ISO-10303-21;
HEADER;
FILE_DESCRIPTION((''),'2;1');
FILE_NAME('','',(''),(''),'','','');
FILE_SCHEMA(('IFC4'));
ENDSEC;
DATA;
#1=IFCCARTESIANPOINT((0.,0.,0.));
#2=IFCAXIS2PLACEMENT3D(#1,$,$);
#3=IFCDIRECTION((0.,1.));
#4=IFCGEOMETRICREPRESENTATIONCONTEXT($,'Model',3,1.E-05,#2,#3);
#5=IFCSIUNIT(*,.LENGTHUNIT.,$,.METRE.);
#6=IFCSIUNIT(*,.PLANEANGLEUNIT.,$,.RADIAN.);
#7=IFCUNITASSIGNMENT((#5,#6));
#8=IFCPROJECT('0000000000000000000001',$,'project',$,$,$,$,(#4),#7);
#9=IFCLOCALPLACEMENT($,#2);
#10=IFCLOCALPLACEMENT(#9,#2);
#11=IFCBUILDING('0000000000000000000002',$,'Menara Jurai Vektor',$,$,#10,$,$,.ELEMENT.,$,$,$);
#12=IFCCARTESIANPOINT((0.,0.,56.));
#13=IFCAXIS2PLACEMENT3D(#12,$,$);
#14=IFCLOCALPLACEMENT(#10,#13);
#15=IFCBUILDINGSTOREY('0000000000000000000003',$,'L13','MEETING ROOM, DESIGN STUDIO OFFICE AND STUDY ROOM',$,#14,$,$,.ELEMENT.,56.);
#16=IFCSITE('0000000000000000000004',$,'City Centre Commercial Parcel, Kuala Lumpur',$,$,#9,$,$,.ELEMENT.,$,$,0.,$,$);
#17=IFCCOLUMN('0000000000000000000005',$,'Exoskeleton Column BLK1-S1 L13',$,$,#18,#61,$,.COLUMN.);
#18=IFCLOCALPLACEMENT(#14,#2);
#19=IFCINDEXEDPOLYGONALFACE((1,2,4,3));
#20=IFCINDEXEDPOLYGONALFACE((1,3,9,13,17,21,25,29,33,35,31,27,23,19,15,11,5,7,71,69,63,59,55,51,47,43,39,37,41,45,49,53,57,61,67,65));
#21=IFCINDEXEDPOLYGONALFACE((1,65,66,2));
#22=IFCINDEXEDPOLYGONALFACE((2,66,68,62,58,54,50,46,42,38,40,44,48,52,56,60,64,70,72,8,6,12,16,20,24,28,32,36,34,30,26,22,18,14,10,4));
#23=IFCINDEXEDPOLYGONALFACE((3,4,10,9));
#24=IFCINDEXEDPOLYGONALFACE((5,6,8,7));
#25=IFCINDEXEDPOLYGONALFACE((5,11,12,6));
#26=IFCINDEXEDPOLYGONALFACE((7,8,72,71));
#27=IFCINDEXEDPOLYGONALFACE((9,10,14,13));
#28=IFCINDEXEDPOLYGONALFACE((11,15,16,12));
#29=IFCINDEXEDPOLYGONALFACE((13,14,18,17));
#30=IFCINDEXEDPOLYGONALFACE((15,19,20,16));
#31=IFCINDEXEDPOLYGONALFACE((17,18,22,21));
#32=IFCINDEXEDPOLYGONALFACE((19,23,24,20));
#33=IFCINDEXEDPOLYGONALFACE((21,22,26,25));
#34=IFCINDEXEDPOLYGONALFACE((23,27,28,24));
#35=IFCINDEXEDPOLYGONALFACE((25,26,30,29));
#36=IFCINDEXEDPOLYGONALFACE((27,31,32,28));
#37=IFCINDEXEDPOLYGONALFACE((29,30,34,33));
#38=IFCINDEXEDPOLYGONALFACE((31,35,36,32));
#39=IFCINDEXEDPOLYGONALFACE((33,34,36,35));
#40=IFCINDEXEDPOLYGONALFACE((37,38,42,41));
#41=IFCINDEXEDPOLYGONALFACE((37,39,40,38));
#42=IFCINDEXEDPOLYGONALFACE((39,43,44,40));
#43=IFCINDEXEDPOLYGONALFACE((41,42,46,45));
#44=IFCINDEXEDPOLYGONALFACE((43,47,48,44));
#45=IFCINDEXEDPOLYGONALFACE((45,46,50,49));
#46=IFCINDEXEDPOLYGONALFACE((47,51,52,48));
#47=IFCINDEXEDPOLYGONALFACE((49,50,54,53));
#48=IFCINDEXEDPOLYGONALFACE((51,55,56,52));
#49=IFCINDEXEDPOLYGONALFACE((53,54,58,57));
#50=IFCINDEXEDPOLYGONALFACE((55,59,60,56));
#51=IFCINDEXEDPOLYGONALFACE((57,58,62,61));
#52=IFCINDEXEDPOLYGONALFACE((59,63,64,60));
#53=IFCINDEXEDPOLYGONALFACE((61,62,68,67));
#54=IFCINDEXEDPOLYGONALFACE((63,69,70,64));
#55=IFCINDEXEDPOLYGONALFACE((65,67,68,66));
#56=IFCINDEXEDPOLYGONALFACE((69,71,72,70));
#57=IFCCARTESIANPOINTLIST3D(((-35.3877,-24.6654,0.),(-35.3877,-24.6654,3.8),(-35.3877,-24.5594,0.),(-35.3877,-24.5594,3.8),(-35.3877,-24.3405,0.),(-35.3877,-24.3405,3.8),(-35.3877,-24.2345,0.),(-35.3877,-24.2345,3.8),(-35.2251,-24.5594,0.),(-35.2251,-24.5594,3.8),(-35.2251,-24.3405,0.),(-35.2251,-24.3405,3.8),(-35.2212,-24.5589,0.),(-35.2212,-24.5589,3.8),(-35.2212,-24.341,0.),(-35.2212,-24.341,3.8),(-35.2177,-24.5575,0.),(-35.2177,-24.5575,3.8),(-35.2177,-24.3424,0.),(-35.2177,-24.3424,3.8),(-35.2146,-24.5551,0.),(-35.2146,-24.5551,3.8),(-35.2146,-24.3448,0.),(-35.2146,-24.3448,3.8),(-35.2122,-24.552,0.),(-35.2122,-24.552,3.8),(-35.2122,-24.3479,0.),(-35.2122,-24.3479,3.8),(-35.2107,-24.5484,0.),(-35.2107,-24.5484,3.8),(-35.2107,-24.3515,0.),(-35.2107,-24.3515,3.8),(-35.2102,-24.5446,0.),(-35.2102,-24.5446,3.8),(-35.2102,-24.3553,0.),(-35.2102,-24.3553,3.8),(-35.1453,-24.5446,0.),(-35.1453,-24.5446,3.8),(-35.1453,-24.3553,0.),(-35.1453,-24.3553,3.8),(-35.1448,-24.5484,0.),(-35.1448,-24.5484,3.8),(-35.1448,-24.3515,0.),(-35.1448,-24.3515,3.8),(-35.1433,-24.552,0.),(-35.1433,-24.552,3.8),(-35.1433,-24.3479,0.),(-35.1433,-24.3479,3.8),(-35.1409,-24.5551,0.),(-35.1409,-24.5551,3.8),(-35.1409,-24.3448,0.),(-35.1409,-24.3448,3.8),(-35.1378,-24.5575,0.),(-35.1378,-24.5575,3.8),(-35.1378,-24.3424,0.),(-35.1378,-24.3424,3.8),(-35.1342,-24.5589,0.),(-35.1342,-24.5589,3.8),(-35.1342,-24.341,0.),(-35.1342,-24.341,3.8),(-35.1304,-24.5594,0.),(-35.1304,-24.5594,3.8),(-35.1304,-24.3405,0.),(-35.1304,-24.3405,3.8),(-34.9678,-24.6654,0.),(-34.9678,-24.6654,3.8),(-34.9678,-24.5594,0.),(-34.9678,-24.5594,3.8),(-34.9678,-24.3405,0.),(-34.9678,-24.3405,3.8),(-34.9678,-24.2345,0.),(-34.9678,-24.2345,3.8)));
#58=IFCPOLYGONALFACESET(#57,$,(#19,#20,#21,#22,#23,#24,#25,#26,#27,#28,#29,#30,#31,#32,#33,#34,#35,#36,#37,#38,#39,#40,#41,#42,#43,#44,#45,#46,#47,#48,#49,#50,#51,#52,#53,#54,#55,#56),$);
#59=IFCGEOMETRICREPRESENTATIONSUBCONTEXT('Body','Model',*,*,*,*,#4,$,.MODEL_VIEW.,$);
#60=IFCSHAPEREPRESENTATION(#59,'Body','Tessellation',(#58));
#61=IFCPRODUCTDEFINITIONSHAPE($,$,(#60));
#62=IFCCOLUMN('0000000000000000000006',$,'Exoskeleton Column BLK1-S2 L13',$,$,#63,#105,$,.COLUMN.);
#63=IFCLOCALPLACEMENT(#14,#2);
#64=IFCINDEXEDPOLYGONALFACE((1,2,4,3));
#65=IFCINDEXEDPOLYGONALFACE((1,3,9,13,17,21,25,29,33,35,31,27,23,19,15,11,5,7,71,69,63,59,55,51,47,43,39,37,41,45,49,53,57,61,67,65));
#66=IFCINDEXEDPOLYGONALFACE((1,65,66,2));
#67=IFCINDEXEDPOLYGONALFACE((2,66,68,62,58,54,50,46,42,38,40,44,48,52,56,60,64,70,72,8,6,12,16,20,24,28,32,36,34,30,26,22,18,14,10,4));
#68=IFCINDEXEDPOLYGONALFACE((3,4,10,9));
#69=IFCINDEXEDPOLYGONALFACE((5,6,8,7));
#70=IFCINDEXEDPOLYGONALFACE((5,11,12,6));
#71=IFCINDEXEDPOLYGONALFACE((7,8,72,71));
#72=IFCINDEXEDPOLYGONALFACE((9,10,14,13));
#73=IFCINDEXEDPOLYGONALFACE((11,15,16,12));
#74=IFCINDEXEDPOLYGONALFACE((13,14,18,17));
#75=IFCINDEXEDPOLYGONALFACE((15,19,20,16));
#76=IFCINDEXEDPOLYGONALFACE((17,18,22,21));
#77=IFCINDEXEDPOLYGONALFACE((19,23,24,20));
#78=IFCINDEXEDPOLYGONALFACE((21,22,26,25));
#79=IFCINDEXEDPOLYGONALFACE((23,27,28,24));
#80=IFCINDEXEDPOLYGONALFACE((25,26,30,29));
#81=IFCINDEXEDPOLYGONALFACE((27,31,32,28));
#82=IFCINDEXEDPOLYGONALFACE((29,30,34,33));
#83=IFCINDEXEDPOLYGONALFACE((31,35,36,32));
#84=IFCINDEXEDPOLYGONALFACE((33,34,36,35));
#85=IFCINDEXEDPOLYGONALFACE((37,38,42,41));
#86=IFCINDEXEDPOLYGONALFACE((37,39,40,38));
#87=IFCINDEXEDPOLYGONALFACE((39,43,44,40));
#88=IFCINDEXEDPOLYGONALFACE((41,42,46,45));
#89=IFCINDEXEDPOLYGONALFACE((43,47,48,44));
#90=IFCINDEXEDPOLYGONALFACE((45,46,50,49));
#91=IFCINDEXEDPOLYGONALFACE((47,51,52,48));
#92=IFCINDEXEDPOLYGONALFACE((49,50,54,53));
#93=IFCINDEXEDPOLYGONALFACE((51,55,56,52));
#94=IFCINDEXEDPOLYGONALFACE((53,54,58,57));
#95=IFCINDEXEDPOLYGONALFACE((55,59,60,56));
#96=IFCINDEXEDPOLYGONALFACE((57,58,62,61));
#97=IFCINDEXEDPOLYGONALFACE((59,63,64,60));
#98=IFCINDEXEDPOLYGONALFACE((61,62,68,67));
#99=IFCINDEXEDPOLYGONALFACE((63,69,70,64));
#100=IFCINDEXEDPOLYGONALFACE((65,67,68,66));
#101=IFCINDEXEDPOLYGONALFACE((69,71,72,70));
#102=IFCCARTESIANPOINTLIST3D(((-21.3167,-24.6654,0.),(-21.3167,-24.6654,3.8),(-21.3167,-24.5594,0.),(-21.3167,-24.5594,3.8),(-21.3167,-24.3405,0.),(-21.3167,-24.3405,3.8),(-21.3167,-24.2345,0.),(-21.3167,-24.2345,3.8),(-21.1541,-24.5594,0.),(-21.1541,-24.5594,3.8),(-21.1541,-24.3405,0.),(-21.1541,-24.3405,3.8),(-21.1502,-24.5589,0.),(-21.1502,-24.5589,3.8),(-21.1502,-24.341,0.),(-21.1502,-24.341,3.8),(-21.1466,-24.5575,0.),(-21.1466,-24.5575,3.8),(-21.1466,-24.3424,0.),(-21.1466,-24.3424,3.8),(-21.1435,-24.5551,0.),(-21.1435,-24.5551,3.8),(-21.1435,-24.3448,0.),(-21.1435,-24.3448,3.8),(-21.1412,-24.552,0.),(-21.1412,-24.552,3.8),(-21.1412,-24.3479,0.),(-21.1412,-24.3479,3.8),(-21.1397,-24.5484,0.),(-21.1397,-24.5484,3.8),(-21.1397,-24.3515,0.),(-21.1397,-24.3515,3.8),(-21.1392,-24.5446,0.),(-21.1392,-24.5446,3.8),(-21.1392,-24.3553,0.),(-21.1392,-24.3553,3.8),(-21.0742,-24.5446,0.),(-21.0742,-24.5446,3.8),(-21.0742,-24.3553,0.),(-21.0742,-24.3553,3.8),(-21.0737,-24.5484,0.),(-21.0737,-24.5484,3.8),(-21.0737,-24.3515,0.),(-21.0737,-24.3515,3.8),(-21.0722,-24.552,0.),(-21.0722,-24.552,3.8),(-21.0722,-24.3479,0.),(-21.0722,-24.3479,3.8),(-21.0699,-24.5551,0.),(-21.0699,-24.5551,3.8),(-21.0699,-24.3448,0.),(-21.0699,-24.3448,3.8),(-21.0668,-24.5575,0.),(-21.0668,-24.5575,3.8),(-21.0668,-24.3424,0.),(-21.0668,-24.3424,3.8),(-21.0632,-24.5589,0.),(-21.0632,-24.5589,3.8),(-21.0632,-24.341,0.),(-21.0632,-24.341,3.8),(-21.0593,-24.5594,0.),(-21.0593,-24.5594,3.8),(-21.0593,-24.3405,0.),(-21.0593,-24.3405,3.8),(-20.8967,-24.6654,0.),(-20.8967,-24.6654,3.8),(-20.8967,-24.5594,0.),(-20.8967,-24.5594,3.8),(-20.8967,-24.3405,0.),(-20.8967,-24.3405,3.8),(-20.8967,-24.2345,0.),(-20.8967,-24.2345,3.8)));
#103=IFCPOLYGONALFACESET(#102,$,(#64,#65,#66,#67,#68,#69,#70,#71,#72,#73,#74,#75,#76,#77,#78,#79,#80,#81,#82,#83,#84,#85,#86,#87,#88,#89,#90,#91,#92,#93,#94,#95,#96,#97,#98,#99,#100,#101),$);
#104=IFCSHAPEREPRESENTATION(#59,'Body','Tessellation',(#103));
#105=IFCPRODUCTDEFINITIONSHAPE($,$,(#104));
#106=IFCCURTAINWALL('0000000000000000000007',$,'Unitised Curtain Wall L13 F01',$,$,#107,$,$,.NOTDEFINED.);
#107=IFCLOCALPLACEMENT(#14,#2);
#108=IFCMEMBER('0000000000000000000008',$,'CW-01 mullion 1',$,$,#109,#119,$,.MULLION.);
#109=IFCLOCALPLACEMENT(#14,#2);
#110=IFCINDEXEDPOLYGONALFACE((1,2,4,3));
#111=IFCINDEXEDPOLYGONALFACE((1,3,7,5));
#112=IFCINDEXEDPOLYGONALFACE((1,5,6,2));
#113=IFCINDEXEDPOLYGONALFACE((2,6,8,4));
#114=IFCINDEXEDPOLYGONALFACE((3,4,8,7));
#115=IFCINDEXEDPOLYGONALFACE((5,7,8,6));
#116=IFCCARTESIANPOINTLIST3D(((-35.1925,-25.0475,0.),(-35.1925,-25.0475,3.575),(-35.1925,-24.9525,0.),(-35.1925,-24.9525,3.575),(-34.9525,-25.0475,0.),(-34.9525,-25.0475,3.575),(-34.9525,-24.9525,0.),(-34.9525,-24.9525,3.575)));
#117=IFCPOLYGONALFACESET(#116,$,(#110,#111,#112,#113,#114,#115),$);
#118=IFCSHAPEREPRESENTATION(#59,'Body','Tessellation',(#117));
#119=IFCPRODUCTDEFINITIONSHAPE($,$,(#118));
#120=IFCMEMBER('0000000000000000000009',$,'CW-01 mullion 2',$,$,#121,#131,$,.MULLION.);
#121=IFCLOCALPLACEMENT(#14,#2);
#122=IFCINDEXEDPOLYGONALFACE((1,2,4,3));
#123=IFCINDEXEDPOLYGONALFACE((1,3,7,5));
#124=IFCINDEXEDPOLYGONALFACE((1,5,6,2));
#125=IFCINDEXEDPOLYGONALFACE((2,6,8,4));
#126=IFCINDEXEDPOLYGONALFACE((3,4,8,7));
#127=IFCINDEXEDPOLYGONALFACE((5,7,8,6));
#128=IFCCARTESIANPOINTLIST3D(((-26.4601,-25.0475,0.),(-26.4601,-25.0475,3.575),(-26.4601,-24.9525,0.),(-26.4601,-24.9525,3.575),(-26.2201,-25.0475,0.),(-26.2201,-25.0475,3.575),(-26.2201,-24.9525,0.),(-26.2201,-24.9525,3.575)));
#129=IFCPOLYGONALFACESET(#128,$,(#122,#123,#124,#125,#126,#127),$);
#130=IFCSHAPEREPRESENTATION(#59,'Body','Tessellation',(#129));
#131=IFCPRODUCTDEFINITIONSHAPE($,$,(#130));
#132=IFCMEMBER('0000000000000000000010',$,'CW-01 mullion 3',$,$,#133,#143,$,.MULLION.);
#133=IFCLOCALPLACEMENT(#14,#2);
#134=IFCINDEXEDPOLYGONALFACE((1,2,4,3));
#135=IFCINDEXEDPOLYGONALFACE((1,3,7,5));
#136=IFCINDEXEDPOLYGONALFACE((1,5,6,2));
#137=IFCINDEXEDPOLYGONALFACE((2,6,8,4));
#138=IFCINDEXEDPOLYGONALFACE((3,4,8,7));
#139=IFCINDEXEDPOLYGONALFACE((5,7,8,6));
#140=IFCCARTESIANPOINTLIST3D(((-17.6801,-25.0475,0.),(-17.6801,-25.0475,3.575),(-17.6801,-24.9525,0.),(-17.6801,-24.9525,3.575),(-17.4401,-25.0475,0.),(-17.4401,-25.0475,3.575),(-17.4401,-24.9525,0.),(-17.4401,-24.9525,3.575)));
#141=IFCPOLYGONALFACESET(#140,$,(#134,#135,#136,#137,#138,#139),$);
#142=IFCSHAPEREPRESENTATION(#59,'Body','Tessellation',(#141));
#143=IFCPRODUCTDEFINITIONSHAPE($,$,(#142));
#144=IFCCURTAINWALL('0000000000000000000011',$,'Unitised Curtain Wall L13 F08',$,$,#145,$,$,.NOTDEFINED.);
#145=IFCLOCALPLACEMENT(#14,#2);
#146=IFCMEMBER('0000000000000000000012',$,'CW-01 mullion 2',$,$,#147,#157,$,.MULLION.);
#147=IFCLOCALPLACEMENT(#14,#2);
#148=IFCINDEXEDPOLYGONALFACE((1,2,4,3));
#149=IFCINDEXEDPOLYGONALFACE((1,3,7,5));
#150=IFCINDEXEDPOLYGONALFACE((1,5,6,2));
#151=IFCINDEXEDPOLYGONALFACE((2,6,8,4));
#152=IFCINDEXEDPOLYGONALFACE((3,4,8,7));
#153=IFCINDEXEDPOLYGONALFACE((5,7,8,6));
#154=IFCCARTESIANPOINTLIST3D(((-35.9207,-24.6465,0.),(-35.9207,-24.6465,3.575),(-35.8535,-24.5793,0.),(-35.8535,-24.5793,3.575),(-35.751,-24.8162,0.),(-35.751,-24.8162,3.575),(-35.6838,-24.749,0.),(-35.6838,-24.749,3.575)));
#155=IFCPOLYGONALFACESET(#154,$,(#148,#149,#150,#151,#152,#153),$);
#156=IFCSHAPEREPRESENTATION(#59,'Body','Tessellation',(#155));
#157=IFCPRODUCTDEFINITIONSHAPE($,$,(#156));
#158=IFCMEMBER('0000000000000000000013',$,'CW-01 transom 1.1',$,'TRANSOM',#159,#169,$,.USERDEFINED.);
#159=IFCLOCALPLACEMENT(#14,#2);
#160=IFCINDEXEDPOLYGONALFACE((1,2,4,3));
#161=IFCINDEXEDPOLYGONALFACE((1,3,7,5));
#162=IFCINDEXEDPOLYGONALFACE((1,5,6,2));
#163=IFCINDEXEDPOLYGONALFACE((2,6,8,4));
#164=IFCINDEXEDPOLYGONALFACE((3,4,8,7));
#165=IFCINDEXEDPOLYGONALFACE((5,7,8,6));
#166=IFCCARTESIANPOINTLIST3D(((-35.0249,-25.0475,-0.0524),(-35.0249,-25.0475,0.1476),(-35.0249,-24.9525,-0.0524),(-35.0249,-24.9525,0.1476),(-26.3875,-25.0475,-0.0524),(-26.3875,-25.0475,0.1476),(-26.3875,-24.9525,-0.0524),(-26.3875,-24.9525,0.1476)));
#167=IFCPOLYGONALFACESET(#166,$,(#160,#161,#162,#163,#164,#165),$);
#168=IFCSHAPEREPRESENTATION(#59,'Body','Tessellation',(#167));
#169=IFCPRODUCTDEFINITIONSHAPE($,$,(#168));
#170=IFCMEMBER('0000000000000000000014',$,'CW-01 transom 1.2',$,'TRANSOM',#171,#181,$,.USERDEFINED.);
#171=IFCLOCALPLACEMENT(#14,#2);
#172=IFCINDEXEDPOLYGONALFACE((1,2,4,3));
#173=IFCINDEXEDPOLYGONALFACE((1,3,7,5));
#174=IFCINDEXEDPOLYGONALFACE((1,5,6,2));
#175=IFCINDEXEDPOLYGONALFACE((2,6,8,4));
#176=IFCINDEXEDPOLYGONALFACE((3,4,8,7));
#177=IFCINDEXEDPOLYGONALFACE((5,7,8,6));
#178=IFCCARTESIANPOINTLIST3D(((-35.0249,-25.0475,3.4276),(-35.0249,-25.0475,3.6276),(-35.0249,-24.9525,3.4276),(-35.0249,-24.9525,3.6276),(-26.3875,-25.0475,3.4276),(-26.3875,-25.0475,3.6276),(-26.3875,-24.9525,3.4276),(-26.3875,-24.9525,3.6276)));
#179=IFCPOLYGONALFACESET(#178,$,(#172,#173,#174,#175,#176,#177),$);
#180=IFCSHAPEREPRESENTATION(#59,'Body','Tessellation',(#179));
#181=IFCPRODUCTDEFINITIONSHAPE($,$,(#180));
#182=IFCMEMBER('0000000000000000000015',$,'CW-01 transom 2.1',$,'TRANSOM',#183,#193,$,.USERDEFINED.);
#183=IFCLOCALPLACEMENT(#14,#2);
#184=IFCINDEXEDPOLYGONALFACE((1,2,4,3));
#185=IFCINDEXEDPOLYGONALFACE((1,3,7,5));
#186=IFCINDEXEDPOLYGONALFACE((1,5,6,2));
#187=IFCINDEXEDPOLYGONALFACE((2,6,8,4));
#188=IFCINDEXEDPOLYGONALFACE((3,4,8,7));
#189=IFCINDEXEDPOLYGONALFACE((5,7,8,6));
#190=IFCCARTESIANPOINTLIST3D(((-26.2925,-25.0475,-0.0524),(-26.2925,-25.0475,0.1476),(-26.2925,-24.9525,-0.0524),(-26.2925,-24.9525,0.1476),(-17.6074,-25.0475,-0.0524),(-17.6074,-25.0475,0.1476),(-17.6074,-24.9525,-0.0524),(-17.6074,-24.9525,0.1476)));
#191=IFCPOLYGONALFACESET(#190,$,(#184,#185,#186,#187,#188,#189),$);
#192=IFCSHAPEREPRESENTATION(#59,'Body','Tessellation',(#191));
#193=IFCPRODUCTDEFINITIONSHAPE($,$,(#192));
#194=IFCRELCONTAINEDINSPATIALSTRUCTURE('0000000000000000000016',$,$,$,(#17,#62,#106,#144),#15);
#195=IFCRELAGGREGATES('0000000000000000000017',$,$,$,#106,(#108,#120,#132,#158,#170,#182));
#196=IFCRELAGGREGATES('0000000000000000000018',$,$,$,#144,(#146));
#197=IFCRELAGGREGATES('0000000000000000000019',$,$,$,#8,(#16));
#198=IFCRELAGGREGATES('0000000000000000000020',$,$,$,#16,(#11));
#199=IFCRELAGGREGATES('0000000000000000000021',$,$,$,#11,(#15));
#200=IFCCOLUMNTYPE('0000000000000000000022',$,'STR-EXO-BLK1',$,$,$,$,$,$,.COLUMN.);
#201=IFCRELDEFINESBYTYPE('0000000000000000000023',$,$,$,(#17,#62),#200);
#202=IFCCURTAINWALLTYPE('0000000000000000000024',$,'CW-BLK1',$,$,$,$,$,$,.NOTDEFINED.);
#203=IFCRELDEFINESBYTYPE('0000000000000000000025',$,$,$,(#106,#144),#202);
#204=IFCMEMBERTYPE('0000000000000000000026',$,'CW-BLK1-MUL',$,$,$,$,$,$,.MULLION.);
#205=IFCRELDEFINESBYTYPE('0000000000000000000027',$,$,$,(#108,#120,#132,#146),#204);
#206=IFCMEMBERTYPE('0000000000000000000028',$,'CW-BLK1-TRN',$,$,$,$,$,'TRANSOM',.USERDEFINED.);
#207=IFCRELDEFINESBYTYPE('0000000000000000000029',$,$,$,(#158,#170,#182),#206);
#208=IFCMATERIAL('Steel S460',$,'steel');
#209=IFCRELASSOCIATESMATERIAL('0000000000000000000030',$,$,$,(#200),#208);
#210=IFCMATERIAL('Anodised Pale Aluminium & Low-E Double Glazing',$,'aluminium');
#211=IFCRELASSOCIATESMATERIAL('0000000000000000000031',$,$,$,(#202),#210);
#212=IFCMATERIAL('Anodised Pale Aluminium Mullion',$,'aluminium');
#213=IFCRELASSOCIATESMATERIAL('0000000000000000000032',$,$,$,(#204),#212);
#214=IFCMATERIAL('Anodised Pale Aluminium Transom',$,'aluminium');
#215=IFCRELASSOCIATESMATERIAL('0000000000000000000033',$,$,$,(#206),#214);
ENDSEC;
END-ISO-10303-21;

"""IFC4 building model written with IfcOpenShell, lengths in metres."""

from ifc_helpers import new_model, si_unit, direction, frame, origin, origin_2d, place, context, subcontext, project, spatial, rectangle, i_section, extrude, material, material_profile, profile_set, type_object, element, aggregate, save


model = new_model("IFC4")

# Units and contexts
model_context = context("Model", 3, precision=1e-05, world=origin(), true_north=direction((0.0, 1.0)))
body_context = subcontext(model_context, "Body", "Model", "MODEL_VIEW")
ifc_project = project(units=[si_unit("LENGTHUNIT", "METRE"), si_unit("PLANEANGLEUNIT", "RADIAN")], contexts=[model_context])

# Site, building, storey
site_placement = place(None, origin())
site = spatial("IfcSite", under=ifc_project, at=site_placement, Name="City Centre Commercial Parcel, Kuala Lumpur", CompositionType="ELEMENT", RefElevation=0.0)
building_placement = place(site_placement, origin())
building = spatial("IfcBuilding", under=site, at=building_placement, Name="Menara Jurai Vektor", CompositionType="ELEMENT")
storey_placement = place(building_placement, frame((0.0, 0.0, 56.0)))
storey = spatial("IfcBuildingStorey", under=building, at=storey_placement, Name="L13", Description="MEETING ROOM, DESIGN STUDIO OFFICE AND STUDY ROOM", CompositionType="ELEMENT", Elevation=56.0)

# Columns
ifc_material_1 = material(Name="Steel S460", Category="steel")
ifc_material_profile_1 = material_profile(ifc_material_1, i_section(OverallWidth=0.4199, OverallDepth=0.4309, WebThickness=0.0649, FlangeThickness=0.106, FilletRadius=0.0149, at=origin_2d()), Name="HD 400x900")
ifc_profile_set_1 = profile_set([ifc_material_profile_1], Name="Steel S460")
column_type = type_object("IfcColumnType", Name="STR-EXO-BLK1", PredefinedType="COLUMN", material=ifc_profile_set_1)
for number, where, z_axis, x_axis, name in (
    (1, (-35.1777, -24.45, 0.0), (0.0, 0.0, 1.0), (1.0, 0.0, 0.0), "Exoskeleton Column BLK1-S1 L13"),
    (2, (-21.1067, -24.45, 0.0), (0.0, 0.0, 1.0), (1.0, 0.0, 0.0), "Exoskeleton Column BLK1-S2 L13"),
):
    element("IfcColumn", number, at=place(storey_placement, frame(where, z_axis=z_axis, x_axis=x_axis)), inside=storey, type_object=column_type, Name=name, PredefinedType="COLUMN", context=body_context, shape_type="SweptSolid", body=[
        extrude(i_section(OverallWidth=0.4199, OverallDepth=0.4309, WebThickness=0.0649, FlangeThickness=0.106, FilletRadius=0.0149, at=origin_2d()), origin(), (0.0, 0.0, 1.0), 3.8),
    ])

# Curtain wall, members
ifc_material_2 = material(Name="Anodised Pale Aluminium & Low-E Double Glazing", Category="aluminium")
curtain_wall_type = type_object("IfcCurtainWallType", Name="CW-BLK1", PredefinedType="NOTDEFINED", material=ifc_material_2)
curtain_wall_1_placement = place(storey_placement, origin())
curtain_wall_1 = element("IfcCurtainWall", 3, at=curtain_wall_1_placement, inside=storey, type_object=curtain_wall_type, Name="Unitised Curtain Wall L13 F01", PredefinedType="NOTDEFINED")
ifc_material_3 = material(Name="Anodised Pale Aluminium Mullion", Category="aluminium")
ifc_material_profile_2 = material_profile(ifc_material_3, rectangle(XDim=0.095, YDim=0.24, at=origin_2d()), Name="ALU MUL 95x240")
ifc_profile_set_2 = profile_set([ifc_material_profile_2], Name="Anodised Pale Aluminium Mullion")
member_type_1 = type_object("IfcMemberType", Name="CW-BLK1-MUL", PredefinedType="MULLION", material=ifc_profile_set_2)
member_1_placement = place(storey_placement, frame((-35.0725, -25.0, 0.0), z_axis=(0.0, 0.0, 1.0), x_axis=(0.0, 1.0, 0.0)))
member_1 = element("IfcMember", 4, at=member_1_placement, type_object=member_type_1, Name="CW-01 mullion 1", PredefinedType="MULLION", context=body_context, shape_type="SweptSolid", body=[
    extrude(rectangle(XDim=0.095, YDim=0.24, at=origin_2d()), origin(), (0.0, 0.0, 1.0), 3.575),
])
member_2_placement = place(storey_placement, frame((-26.3401, -25.0, 0.0), z_axis=(0.0, 0.0, 1.0), x_axis=(0.0, 1.0, 0.0)))
member_2 = element("IfcMember", 5, at=member_2_placement, type_object=member_type_1, Name="CW-01 mullion 2", PredefinedType="MULLION", context=body_context, shape_type="SweptSolid", body=[
    extrude(rectangle(XDim=0.095, YDim=0.24, at=origin_2d()), origin(), (0.0, 0.0, 1.0), 3.575),
])
member_3_placement = place(storey_placement, frame((-17.5601, -25.0, 0.0), z_axis=(0.0, 0.0, 1.0), x_axis=(0.0, 1.0, 0.0)))
member_3 = element("IfcMember", 6, at=member_3_placement, type_object=member_type_1, Name="CW-01 mullion 3", PredefinedType="MULLION", context=body_context, shape_type="SweptSolid", body=[
    extrude(rectangle(XDim=0.095, YDim=0.24, at=origin_2d()), origin(), (0.0, 0.0, 1.0), 3.575),
])

# Curtain wall, member
curtain_wall_2_placement = place(storey_placement, origin())
curtain_wall_2 = element("IfcCurtainWall", 7, at=curtain_wall_2_placement, inside=storey, type_object=curtain_wall_type, Name="Unitised Curtain Wall L13 F08", PredefinedType="NOTDEFINED")
member_4_placement = place(storey_placement, frame((-35.8022, -24.6978, 0.0), z_axis=(0.0, 0.0, 1.0), x_axis=(0.707107, 0.707107, 0.0)))
member_4 = element("IfcMember", 8, at=member_4_placement, type_object=member_type_1, Name="CW-01 mullion 2", PredefinedType="MULLION", context=body_context, shape_type="SweptSolid", body=[
    extrude(rectangle(XDim=0.095, YDim=0.24, at=origin_2d()), origin(), (0.0, 0.0, 1.0), 3.575),
])

# Members
ifc_material_4 = material(Name="Anodised Pale Aluminium Transom", Category="aluminium")
ifc_material_profile_3 = material_profile(ifc_material_4, rectangle(XDim=0.095, YDim=0.2, at=origin_2d()), Name="ALU TRN 95x200")
ifc_profile_set_3 = profile_set([ifc_material_profile_3], Name="Anodised Pale Aluminium Transom")
member_type_2 = type_object("IfcMemberType", Name="CW-BLK1-TRN", ElementType="TRANSOM", PredefinedType="USERDEFINED", material=ifc_profile_set_3)
member_5_placement = place(storey_placement, frame((-35.0249, -25.0, 0.0476), z_axis=(1.0, 0.0, 0.0), x_axis=(0.0, 1.0, 0.0)))
member_5 = element("IfcMember", 9, at=member_5_placement, type_object=member_type_2, Name="CW-01 transom 1.1", ObjectType="TRANSOM", PredefinedType="USERDEFINED", context=body_context, shape_type="SweptSolid", body=[
    extrude(rectangle(XDim=0.095, YDim=0.2, at=origin_2d()), origin(), (0.0, 0.0, 1.0), 8.6375),
])
member_6_placement = place(storey_placement, frame((-35.0249, -25.0, 3.5276), z_axis=(1.0, 0.0, 0.0), x_axis=(0.0, 1.0, 0.0)))
member_6 = element("IfcMember", 10, at=member_6_placement, type_object=member_type_2, Name="CW-01 transom 1.2", ObjectType="TRANSOM", PredefinedType="USERDEFINED", context=body_context, shape_type="SweptSolid", body=[
    extrude(rectangle(XDim=0.095, YDim=0.2, at=origin_2d()), origin(), (0.0, 0.0, 1.0), 8.6375),
])
member_7_placement = place(storey_placement, frame((-26.2925, -25.0, 0.0476), z_axis=(1.0, 0.0, 0.0), x_axis=(0.0, 1.0, 0.0)))
member_7 = element("IfcMember", 11, at=member_7_placement, type_object=member_type_2, Name="CW-01 transom 2.1", ObjectType="TRANSOM", PredefinedType="USERDEFINED", context=body_context, shape_type="SweptSolid", body=[
    extrude(rectangle(XDim=0.095, YDim=0.2, at=origin_2d()), origin(), (0.0, 0.0, 1.0), 8.6851),
])

aggregate(curtain_wall_1, [member_1, member_2, member_3, member_5, member_6, member_7])
aggregate(curtain_wall_2, [member_4])

save(model, "model.ifc")
